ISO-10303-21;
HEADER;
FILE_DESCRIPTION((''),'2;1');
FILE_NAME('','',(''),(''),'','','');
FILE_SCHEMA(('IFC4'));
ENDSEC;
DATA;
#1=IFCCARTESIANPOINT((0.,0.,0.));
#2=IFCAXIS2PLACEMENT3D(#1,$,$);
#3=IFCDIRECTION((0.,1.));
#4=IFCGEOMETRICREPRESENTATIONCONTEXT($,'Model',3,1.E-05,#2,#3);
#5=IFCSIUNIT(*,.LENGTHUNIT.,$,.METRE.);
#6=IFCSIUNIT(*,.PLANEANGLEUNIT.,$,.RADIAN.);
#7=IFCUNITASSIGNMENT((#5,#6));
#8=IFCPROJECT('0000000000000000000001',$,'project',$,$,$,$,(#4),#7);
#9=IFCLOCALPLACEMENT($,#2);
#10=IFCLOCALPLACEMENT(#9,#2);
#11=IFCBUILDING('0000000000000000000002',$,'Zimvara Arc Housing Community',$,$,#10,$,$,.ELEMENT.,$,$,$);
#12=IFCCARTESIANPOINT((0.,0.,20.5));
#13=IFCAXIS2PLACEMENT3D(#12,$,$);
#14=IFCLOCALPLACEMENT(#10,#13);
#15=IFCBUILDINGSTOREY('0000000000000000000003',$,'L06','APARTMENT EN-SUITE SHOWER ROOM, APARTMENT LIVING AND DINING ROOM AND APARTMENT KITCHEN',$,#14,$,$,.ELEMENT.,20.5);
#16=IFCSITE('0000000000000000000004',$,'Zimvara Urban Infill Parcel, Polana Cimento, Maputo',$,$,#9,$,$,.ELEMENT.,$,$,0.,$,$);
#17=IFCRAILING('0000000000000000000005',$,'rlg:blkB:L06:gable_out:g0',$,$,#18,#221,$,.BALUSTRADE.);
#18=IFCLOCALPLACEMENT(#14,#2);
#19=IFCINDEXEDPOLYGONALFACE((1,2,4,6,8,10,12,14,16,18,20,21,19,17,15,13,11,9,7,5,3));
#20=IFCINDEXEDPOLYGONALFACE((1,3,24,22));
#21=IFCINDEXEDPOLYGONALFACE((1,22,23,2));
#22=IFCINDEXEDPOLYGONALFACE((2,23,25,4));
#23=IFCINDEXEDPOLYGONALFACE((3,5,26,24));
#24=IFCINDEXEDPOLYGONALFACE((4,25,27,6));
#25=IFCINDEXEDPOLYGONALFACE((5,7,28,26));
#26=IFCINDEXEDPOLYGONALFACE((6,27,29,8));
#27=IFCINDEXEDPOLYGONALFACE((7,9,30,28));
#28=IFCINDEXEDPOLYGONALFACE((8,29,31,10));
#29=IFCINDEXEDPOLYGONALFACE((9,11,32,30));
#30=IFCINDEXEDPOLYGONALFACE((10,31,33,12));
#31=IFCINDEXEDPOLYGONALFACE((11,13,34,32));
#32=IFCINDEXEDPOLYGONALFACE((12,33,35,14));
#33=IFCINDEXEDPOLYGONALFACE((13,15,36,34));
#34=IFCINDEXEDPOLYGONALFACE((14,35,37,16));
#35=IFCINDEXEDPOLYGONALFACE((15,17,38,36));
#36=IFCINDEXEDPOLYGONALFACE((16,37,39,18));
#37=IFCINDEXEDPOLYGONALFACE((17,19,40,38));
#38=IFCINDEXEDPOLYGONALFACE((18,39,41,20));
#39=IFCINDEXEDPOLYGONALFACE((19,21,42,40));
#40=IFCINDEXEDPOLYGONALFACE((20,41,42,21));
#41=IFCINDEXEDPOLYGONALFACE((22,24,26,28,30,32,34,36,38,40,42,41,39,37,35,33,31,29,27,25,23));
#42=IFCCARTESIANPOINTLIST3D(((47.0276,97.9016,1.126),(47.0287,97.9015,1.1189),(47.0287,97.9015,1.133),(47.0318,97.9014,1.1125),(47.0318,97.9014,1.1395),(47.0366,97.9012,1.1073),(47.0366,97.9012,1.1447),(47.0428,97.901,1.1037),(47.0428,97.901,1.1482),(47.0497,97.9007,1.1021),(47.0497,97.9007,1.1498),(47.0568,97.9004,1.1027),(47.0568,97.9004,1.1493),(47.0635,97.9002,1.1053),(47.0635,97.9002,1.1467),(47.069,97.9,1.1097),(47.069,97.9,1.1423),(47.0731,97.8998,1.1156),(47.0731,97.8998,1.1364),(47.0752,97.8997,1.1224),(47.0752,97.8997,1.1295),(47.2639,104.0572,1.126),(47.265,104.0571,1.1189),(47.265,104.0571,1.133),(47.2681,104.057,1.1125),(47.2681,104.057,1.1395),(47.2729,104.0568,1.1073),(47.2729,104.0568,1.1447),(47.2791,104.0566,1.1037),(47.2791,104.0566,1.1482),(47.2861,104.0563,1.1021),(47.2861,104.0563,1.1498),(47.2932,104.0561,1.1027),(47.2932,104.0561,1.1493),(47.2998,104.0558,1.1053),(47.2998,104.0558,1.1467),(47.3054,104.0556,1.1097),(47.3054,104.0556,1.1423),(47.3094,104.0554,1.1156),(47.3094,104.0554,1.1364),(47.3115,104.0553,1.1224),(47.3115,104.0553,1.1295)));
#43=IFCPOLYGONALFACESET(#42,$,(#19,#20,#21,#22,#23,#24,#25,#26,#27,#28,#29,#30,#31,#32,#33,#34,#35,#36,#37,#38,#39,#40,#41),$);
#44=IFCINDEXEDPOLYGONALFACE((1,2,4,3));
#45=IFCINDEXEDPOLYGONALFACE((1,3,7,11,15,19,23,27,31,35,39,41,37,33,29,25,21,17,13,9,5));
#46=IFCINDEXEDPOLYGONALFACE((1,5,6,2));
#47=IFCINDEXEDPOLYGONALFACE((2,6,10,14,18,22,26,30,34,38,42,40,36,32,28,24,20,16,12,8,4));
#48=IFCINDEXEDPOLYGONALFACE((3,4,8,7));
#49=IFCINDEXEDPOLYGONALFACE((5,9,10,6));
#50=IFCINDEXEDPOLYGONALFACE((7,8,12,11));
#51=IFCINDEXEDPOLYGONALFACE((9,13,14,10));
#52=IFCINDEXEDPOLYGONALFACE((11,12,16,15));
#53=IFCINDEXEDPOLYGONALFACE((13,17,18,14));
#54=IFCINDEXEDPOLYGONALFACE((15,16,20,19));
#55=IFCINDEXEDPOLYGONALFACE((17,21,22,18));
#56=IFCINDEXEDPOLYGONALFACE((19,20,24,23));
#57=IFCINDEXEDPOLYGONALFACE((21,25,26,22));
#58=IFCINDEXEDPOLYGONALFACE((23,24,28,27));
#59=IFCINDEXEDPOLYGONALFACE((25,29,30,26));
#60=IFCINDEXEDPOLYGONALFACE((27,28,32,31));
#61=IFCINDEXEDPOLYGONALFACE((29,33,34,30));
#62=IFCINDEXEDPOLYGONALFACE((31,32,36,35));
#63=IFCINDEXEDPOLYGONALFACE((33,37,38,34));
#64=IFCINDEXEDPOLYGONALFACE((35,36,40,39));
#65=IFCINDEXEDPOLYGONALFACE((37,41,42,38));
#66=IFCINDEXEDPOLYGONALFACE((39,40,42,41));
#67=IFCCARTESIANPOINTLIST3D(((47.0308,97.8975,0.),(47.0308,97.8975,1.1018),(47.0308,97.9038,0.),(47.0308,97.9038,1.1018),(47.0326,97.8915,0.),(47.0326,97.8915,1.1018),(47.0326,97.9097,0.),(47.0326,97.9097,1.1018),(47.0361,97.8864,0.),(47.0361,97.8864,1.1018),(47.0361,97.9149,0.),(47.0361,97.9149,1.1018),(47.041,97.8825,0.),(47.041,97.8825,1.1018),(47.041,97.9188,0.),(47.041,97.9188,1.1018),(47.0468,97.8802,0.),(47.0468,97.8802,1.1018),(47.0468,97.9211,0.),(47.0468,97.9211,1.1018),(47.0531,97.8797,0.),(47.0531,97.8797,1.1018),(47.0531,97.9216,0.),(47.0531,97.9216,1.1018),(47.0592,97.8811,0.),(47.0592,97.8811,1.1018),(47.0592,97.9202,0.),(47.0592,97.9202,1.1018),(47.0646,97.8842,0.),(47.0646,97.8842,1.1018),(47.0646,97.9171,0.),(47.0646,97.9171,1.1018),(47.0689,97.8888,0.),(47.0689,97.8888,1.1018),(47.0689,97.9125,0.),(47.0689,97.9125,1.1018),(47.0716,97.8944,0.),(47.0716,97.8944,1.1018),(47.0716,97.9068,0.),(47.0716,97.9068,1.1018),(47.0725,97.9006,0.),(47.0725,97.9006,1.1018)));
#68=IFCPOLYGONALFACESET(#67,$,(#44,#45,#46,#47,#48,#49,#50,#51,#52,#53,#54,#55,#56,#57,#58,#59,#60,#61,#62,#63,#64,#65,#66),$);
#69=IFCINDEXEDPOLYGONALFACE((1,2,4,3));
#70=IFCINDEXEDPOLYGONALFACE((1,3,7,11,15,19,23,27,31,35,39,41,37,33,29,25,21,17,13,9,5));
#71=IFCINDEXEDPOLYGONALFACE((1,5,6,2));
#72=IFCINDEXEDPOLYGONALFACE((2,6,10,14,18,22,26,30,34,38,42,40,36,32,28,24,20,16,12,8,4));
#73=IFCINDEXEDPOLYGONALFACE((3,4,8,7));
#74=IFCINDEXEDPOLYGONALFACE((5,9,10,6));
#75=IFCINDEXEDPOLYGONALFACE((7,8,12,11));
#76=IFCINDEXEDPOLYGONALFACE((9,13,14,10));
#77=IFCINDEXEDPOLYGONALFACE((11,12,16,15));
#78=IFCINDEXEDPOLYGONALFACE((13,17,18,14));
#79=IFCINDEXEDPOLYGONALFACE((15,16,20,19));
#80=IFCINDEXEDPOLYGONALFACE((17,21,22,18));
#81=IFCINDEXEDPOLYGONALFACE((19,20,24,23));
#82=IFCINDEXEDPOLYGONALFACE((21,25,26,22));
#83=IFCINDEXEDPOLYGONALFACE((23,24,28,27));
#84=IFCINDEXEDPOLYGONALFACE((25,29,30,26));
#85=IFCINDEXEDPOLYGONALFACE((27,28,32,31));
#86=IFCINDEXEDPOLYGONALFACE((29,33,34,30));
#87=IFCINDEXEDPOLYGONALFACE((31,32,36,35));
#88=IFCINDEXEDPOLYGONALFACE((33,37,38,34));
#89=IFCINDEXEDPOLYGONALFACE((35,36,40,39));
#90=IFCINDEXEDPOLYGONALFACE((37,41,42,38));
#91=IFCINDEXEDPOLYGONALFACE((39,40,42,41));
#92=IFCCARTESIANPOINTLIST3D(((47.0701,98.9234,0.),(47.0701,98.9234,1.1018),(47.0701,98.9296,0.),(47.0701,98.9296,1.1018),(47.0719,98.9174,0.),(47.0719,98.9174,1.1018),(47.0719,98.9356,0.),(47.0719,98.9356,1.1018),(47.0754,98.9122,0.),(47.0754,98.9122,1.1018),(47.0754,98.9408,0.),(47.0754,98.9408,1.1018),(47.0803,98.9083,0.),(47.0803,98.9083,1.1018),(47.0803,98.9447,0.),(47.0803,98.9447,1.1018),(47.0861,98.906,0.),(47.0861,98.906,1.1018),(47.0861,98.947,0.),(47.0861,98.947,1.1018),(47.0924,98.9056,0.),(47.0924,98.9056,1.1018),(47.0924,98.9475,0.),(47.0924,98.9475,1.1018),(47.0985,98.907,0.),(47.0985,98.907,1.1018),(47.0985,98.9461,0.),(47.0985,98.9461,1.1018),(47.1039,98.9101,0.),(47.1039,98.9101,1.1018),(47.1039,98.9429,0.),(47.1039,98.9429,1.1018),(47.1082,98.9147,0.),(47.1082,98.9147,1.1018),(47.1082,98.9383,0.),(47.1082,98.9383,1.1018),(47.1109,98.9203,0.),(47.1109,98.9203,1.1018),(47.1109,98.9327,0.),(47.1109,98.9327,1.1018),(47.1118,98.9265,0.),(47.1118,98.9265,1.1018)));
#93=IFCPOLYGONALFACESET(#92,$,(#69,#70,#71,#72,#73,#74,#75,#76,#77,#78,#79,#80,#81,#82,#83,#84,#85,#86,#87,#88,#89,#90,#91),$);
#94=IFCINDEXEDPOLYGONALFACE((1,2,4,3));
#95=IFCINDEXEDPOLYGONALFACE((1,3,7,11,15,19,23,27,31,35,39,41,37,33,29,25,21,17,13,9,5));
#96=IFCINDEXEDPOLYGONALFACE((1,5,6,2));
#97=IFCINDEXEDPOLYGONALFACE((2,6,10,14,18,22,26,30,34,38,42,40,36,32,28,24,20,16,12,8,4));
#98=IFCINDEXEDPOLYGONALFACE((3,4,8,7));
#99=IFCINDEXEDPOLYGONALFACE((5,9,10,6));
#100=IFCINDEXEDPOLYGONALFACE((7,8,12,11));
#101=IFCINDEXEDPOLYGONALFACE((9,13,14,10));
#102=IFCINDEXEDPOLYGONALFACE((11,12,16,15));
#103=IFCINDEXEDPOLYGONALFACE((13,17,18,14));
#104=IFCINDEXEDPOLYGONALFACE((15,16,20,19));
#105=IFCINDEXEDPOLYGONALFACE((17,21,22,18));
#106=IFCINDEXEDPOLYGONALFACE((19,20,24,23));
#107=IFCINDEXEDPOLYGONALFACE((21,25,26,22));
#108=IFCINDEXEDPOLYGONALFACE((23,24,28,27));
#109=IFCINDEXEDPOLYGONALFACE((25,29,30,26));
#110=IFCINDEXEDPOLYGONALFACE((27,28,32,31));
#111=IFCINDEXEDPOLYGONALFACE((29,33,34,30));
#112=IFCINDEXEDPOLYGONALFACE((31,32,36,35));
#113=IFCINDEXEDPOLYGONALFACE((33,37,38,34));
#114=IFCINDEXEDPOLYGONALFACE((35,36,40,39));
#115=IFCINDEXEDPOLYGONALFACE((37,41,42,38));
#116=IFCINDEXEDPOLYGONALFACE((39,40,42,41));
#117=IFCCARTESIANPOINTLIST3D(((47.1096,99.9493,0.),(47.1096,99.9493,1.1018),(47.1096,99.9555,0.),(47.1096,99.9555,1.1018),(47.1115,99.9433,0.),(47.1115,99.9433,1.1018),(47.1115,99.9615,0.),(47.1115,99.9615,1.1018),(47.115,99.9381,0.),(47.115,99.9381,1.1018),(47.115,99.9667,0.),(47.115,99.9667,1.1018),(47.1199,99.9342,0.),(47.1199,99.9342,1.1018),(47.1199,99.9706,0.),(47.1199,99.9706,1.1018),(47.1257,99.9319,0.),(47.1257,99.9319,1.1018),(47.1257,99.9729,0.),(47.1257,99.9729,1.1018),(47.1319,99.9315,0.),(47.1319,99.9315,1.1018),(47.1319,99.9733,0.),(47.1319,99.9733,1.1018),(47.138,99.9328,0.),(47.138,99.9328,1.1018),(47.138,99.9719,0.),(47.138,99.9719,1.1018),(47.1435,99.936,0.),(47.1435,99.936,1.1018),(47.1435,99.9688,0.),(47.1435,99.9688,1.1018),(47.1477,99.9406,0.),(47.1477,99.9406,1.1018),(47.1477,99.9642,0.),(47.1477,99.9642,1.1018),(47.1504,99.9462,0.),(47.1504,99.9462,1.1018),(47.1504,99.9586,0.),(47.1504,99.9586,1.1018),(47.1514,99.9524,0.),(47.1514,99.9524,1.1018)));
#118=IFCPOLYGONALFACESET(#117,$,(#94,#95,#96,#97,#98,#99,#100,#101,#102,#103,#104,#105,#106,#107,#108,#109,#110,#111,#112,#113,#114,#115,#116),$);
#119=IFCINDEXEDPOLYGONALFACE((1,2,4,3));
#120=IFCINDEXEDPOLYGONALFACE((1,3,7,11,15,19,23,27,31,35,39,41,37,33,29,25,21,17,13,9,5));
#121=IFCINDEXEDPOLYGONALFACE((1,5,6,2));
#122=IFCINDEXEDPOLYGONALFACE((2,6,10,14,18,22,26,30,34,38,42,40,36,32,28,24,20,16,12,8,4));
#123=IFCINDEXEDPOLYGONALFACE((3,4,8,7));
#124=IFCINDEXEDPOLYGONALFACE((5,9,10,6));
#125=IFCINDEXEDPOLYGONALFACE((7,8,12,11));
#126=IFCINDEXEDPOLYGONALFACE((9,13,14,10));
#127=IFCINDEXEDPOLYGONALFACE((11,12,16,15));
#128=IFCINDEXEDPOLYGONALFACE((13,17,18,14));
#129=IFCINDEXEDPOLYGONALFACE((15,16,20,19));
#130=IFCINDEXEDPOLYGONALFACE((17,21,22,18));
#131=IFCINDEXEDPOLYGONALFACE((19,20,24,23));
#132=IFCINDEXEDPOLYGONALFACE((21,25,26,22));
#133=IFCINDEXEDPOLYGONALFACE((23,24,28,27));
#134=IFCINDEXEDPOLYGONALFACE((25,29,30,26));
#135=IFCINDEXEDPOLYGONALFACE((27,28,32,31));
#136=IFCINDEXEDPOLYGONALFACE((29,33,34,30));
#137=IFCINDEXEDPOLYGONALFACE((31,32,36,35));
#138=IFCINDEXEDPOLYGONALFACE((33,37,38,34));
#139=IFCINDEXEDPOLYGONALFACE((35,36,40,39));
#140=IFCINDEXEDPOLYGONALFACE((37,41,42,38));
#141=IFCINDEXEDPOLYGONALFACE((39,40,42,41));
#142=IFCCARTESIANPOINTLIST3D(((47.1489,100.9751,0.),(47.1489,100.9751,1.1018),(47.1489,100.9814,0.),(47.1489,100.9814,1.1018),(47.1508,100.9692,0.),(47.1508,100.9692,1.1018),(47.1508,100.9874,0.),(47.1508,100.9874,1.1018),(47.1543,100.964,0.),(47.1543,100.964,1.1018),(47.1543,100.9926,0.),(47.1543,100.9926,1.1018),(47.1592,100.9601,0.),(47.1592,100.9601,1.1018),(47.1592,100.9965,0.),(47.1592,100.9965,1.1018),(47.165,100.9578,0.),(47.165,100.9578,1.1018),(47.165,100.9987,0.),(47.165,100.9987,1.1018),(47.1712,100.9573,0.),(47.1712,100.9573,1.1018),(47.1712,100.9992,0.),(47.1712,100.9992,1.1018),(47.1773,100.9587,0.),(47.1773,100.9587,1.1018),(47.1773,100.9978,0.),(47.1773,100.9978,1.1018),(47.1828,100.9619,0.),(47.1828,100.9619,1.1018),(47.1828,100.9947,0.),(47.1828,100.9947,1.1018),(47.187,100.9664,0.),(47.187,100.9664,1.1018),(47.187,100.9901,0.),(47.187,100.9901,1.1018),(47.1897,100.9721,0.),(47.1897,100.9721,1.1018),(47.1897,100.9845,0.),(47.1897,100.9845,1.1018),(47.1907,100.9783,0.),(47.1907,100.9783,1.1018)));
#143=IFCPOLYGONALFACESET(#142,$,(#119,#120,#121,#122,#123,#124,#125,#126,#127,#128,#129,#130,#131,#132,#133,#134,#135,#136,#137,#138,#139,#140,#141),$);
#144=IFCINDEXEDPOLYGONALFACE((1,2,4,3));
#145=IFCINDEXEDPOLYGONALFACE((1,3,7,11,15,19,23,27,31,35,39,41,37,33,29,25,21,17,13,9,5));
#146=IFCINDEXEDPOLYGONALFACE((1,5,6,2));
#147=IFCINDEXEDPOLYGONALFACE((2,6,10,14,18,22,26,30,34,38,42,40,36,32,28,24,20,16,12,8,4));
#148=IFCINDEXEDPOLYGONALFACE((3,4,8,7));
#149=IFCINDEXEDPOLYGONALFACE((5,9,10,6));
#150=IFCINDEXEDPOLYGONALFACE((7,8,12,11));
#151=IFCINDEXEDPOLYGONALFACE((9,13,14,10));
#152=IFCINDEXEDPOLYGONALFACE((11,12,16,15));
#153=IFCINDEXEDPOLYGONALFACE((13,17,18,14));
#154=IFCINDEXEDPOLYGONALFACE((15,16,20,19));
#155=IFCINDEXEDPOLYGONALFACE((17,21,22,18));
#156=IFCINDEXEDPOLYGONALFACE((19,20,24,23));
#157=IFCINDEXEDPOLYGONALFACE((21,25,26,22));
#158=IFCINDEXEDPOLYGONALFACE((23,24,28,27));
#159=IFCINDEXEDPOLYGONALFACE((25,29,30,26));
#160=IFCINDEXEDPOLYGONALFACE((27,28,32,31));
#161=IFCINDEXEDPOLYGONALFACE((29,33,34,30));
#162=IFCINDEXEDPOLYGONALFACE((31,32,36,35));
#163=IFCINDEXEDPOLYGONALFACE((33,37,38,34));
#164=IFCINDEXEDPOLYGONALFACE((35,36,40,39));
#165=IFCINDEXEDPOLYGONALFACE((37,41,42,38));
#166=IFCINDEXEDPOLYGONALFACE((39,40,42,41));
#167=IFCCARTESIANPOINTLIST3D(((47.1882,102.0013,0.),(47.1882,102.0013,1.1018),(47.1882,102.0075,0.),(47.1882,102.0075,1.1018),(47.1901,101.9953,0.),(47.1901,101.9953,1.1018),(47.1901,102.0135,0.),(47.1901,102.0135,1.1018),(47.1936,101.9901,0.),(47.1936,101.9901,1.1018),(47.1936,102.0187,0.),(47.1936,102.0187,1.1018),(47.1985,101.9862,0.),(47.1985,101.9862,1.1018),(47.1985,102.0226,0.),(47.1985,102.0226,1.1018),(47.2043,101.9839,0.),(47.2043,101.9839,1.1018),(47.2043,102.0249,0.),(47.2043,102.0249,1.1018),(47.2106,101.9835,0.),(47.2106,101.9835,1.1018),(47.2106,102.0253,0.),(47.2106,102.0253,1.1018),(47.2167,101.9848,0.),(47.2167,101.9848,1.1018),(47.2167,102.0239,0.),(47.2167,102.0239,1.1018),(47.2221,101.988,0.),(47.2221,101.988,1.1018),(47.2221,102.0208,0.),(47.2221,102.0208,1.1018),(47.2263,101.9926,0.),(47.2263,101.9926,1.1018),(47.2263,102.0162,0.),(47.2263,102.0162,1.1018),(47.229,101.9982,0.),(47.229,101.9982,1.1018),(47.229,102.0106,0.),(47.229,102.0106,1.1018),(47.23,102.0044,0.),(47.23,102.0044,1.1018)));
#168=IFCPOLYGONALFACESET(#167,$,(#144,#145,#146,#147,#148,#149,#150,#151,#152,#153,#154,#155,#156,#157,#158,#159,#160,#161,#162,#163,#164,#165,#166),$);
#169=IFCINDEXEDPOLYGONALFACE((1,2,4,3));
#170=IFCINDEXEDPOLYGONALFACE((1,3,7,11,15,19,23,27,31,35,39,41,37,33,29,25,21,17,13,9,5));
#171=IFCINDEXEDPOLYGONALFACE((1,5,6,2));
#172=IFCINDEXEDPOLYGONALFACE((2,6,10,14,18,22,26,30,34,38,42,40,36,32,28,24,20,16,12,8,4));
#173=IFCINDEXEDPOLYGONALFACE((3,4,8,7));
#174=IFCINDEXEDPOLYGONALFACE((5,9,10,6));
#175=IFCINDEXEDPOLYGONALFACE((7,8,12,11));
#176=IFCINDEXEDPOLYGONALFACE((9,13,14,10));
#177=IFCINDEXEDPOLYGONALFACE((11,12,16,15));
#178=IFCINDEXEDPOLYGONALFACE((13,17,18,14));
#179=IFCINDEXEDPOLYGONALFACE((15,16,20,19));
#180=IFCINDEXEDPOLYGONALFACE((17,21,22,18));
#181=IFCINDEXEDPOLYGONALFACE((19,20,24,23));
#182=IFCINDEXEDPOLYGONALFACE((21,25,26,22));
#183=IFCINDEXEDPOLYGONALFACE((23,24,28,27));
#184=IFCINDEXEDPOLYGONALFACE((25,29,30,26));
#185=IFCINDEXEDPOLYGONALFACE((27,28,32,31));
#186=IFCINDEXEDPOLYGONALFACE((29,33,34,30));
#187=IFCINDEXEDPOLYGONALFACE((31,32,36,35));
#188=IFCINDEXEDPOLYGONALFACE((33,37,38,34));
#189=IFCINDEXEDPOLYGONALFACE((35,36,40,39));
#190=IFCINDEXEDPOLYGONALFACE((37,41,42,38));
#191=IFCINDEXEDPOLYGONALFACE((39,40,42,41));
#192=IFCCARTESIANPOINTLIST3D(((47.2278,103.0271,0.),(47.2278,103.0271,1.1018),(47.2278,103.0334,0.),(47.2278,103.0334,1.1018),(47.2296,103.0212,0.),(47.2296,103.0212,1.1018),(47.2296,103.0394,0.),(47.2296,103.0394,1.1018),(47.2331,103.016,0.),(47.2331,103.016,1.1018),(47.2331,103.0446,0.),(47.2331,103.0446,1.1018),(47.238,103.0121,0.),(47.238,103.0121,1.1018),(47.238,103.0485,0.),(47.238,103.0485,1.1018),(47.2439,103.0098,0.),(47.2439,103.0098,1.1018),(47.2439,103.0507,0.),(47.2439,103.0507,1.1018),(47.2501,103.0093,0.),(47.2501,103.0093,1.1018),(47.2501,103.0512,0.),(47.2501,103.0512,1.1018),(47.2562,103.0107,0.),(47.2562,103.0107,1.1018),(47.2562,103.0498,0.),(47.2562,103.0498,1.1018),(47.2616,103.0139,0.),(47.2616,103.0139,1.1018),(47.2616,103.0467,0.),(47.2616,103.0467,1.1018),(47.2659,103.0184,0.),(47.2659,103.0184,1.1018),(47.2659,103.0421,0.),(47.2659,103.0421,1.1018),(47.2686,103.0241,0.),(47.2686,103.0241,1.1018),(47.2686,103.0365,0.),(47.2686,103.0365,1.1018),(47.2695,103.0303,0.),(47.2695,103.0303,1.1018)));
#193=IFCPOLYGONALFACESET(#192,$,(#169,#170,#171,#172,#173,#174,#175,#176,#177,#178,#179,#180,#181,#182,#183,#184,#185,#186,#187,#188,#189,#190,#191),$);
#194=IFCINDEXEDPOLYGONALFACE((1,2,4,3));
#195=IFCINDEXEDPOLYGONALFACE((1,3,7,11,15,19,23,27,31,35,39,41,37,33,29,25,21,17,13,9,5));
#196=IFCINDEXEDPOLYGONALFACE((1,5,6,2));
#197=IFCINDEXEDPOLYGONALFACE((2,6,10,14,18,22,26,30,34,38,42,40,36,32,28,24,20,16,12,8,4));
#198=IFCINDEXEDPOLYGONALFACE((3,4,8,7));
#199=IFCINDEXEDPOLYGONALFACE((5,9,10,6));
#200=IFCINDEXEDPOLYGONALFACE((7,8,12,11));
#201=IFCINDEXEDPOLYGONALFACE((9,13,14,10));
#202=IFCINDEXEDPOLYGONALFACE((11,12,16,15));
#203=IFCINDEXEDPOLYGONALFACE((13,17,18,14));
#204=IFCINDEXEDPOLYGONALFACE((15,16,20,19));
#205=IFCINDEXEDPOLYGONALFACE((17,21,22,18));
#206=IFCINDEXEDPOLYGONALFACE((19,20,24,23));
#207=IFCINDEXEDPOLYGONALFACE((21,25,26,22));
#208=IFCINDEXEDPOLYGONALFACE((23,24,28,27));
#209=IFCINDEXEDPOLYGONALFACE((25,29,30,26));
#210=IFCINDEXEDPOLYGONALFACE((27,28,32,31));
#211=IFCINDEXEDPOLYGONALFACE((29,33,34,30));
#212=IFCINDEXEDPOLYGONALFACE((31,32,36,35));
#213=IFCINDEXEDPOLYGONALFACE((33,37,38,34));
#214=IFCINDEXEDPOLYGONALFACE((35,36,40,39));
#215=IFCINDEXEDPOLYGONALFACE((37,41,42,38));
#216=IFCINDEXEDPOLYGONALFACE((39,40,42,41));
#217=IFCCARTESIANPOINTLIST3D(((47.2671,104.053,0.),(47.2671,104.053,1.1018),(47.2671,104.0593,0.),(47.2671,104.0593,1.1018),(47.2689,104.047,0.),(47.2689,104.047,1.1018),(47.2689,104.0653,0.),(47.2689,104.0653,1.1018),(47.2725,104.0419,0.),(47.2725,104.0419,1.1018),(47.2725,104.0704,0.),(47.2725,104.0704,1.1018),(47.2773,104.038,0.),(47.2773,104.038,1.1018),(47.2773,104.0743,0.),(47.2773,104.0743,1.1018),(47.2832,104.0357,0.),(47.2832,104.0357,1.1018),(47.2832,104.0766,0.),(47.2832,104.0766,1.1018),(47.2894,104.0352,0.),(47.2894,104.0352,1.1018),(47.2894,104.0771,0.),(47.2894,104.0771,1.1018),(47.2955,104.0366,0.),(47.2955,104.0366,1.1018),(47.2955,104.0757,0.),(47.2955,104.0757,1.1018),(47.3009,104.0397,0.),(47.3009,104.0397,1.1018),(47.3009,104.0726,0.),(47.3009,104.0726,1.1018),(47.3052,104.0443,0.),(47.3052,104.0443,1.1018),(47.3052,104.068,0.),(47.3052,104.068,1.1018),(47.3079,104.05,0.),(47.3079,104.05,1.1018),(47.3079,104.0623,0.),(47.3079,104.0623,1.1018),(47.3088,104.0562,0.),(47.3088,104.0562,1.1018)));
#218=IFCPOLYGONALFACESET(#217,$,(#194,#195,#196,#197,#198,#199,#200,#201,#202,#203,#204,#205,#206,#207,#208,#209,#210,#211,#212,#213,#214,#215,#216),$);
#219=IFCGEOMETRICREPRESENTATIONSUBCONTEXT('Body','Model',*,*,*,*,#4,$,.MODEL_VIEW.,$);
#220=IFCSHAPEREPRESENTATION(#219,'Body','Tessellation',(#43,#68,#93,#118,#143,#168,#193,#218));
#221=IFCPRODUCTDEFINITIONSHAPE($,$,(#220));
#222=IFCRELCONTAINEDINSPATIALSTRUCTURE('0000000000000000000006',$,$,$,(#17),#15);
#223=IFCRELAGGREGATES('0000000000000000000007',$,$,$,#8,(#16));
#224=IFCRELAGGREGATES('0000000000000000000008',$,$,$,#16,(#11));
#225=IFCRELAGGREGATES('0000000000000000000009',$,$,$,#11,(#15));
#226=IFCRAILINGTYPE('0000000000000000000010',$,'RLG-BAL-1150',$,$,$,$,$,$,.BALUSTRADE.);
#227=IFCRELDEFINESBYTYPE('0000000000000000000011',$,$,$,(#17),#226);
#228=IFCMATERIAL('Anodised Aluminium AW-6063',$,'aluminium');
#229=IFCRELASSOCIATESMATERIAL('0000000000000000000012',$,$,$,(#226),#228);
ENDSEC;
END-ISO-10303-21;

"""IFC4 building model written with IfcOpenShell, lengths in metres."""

from ifc_helpers import new_model, si_unit, direction, frame, origin, origin_2d, place, context, subcontext, project, spatial, circle, extrude, material, type_object, element, save


model = new_model("IFC4")

# Units and contexts
model_context = context("Model", 3, precision=1e-05, world=origin(), true_north=direction((0.0, 1.0)))
body_context = subcontext(model_context, "Body", "Model", "MODEL_VIEW")
ifc_project = project(units=[si_unit("LENGTHUNIT", "METRE"), si_unit("PLANEANGLEUNIT", "RADIAN")], contexts=[model_context])

# Site, building, storey
site_placement = place(None, origin())
site = spatial("IfcSite", under=ifc_project, at=site_placement, Name="Zimvara Urban Infill Parcel, Polana Cimento, Maputo", CompositionType="ELEMENT", RefElevation=0.0)
building_placement = place(site_placement, origin())
building = spatial("IfcBuilding", under=site, at=building_placement, Name="Zimvara Arc Housing Community", CompositionType="ELEMENT")
storey_placement = place(building_placement, frame((0.0, 0.0, 20.5)))
storey = spatial("IfcBuildingStorey", under=building, at=storey_placement, Name="L06", Description="APARTMENT EN-SUITE SHOWER ROOM, APARTMENT LIVING AND DINING ROOM AND APARTMENT KITCHEN", CompositionType="ELEMENT", Elevation=20.5)

# Railing
ifc_material_1 = material(Name="Anodised Aluminium AW-6063", Category="aluminium")
railing_type = type_object("IfcRailingType", Name="RLG-BAL-1150", PredefinedType="BALUSTRADE", material=ifc_material_1)
railing_placement = place(storey_placement, frame((47.0515, 97.9006, 0.0)))
element("IfcRailing", 1, at=railing_placement, inside=storey, type_object=railing_type, Name="rlg:blkB:L06:gable_out:g0", PredefinedType="BALUSTRADE", context=body_context, shape_type="SweptSolid", body=[
    extrude(circle(Radius=0.0239, at=origin_2d()), frame((0.0, 0.0, 1.126), z_axis=(0.038365, 0.999264, 0.0), x_axis=(-0.999264, 0.038365, 0.0)), (0.0, 0.0, 1.0), 6.1602),
    extrude(circle(Radius=0.021, at=origin_2d()), origin(), (0.0, 0.0, 1.0), 1.1018),
    extrude(circle(Radius=0.021, at=origin_2d()), frame((0.0393, 1.0259, 0.0)), (0.0, 0.0, 1.0), 1.1018),
    extrude(circle(Radius=0.021, at=origin_2d()), frame((0.0789, 2.0518, 0.0)), (0.0, 0.0, 1.0), 1.1018),
    extrude(circle(Radius=0.021, at=origin_2d()), frame((0.1182, 3.0776, 0.0)), (0.0, 0.0, 1.0), 1.1018),
    extrude(circle(Radius=0.021, at=origin_2d()), frame((0.1575, 4.1038, 0.0)), (0.0, 0.0, 1.0), 1.1018),
    extrude(circle(Radius=0.021, at=origin_2d()), frame((0.197, 5.1296, 0.0)), (0.0, 0.0, 1.0), 1.1018),
    extrude(circle(Radius=0.021, at=origin_2d()), frame((0.2363, 6.1555, 0.0)), (0.0, 0.0, 1.0), 1.1018),
])

save(model, "model.ifc")
